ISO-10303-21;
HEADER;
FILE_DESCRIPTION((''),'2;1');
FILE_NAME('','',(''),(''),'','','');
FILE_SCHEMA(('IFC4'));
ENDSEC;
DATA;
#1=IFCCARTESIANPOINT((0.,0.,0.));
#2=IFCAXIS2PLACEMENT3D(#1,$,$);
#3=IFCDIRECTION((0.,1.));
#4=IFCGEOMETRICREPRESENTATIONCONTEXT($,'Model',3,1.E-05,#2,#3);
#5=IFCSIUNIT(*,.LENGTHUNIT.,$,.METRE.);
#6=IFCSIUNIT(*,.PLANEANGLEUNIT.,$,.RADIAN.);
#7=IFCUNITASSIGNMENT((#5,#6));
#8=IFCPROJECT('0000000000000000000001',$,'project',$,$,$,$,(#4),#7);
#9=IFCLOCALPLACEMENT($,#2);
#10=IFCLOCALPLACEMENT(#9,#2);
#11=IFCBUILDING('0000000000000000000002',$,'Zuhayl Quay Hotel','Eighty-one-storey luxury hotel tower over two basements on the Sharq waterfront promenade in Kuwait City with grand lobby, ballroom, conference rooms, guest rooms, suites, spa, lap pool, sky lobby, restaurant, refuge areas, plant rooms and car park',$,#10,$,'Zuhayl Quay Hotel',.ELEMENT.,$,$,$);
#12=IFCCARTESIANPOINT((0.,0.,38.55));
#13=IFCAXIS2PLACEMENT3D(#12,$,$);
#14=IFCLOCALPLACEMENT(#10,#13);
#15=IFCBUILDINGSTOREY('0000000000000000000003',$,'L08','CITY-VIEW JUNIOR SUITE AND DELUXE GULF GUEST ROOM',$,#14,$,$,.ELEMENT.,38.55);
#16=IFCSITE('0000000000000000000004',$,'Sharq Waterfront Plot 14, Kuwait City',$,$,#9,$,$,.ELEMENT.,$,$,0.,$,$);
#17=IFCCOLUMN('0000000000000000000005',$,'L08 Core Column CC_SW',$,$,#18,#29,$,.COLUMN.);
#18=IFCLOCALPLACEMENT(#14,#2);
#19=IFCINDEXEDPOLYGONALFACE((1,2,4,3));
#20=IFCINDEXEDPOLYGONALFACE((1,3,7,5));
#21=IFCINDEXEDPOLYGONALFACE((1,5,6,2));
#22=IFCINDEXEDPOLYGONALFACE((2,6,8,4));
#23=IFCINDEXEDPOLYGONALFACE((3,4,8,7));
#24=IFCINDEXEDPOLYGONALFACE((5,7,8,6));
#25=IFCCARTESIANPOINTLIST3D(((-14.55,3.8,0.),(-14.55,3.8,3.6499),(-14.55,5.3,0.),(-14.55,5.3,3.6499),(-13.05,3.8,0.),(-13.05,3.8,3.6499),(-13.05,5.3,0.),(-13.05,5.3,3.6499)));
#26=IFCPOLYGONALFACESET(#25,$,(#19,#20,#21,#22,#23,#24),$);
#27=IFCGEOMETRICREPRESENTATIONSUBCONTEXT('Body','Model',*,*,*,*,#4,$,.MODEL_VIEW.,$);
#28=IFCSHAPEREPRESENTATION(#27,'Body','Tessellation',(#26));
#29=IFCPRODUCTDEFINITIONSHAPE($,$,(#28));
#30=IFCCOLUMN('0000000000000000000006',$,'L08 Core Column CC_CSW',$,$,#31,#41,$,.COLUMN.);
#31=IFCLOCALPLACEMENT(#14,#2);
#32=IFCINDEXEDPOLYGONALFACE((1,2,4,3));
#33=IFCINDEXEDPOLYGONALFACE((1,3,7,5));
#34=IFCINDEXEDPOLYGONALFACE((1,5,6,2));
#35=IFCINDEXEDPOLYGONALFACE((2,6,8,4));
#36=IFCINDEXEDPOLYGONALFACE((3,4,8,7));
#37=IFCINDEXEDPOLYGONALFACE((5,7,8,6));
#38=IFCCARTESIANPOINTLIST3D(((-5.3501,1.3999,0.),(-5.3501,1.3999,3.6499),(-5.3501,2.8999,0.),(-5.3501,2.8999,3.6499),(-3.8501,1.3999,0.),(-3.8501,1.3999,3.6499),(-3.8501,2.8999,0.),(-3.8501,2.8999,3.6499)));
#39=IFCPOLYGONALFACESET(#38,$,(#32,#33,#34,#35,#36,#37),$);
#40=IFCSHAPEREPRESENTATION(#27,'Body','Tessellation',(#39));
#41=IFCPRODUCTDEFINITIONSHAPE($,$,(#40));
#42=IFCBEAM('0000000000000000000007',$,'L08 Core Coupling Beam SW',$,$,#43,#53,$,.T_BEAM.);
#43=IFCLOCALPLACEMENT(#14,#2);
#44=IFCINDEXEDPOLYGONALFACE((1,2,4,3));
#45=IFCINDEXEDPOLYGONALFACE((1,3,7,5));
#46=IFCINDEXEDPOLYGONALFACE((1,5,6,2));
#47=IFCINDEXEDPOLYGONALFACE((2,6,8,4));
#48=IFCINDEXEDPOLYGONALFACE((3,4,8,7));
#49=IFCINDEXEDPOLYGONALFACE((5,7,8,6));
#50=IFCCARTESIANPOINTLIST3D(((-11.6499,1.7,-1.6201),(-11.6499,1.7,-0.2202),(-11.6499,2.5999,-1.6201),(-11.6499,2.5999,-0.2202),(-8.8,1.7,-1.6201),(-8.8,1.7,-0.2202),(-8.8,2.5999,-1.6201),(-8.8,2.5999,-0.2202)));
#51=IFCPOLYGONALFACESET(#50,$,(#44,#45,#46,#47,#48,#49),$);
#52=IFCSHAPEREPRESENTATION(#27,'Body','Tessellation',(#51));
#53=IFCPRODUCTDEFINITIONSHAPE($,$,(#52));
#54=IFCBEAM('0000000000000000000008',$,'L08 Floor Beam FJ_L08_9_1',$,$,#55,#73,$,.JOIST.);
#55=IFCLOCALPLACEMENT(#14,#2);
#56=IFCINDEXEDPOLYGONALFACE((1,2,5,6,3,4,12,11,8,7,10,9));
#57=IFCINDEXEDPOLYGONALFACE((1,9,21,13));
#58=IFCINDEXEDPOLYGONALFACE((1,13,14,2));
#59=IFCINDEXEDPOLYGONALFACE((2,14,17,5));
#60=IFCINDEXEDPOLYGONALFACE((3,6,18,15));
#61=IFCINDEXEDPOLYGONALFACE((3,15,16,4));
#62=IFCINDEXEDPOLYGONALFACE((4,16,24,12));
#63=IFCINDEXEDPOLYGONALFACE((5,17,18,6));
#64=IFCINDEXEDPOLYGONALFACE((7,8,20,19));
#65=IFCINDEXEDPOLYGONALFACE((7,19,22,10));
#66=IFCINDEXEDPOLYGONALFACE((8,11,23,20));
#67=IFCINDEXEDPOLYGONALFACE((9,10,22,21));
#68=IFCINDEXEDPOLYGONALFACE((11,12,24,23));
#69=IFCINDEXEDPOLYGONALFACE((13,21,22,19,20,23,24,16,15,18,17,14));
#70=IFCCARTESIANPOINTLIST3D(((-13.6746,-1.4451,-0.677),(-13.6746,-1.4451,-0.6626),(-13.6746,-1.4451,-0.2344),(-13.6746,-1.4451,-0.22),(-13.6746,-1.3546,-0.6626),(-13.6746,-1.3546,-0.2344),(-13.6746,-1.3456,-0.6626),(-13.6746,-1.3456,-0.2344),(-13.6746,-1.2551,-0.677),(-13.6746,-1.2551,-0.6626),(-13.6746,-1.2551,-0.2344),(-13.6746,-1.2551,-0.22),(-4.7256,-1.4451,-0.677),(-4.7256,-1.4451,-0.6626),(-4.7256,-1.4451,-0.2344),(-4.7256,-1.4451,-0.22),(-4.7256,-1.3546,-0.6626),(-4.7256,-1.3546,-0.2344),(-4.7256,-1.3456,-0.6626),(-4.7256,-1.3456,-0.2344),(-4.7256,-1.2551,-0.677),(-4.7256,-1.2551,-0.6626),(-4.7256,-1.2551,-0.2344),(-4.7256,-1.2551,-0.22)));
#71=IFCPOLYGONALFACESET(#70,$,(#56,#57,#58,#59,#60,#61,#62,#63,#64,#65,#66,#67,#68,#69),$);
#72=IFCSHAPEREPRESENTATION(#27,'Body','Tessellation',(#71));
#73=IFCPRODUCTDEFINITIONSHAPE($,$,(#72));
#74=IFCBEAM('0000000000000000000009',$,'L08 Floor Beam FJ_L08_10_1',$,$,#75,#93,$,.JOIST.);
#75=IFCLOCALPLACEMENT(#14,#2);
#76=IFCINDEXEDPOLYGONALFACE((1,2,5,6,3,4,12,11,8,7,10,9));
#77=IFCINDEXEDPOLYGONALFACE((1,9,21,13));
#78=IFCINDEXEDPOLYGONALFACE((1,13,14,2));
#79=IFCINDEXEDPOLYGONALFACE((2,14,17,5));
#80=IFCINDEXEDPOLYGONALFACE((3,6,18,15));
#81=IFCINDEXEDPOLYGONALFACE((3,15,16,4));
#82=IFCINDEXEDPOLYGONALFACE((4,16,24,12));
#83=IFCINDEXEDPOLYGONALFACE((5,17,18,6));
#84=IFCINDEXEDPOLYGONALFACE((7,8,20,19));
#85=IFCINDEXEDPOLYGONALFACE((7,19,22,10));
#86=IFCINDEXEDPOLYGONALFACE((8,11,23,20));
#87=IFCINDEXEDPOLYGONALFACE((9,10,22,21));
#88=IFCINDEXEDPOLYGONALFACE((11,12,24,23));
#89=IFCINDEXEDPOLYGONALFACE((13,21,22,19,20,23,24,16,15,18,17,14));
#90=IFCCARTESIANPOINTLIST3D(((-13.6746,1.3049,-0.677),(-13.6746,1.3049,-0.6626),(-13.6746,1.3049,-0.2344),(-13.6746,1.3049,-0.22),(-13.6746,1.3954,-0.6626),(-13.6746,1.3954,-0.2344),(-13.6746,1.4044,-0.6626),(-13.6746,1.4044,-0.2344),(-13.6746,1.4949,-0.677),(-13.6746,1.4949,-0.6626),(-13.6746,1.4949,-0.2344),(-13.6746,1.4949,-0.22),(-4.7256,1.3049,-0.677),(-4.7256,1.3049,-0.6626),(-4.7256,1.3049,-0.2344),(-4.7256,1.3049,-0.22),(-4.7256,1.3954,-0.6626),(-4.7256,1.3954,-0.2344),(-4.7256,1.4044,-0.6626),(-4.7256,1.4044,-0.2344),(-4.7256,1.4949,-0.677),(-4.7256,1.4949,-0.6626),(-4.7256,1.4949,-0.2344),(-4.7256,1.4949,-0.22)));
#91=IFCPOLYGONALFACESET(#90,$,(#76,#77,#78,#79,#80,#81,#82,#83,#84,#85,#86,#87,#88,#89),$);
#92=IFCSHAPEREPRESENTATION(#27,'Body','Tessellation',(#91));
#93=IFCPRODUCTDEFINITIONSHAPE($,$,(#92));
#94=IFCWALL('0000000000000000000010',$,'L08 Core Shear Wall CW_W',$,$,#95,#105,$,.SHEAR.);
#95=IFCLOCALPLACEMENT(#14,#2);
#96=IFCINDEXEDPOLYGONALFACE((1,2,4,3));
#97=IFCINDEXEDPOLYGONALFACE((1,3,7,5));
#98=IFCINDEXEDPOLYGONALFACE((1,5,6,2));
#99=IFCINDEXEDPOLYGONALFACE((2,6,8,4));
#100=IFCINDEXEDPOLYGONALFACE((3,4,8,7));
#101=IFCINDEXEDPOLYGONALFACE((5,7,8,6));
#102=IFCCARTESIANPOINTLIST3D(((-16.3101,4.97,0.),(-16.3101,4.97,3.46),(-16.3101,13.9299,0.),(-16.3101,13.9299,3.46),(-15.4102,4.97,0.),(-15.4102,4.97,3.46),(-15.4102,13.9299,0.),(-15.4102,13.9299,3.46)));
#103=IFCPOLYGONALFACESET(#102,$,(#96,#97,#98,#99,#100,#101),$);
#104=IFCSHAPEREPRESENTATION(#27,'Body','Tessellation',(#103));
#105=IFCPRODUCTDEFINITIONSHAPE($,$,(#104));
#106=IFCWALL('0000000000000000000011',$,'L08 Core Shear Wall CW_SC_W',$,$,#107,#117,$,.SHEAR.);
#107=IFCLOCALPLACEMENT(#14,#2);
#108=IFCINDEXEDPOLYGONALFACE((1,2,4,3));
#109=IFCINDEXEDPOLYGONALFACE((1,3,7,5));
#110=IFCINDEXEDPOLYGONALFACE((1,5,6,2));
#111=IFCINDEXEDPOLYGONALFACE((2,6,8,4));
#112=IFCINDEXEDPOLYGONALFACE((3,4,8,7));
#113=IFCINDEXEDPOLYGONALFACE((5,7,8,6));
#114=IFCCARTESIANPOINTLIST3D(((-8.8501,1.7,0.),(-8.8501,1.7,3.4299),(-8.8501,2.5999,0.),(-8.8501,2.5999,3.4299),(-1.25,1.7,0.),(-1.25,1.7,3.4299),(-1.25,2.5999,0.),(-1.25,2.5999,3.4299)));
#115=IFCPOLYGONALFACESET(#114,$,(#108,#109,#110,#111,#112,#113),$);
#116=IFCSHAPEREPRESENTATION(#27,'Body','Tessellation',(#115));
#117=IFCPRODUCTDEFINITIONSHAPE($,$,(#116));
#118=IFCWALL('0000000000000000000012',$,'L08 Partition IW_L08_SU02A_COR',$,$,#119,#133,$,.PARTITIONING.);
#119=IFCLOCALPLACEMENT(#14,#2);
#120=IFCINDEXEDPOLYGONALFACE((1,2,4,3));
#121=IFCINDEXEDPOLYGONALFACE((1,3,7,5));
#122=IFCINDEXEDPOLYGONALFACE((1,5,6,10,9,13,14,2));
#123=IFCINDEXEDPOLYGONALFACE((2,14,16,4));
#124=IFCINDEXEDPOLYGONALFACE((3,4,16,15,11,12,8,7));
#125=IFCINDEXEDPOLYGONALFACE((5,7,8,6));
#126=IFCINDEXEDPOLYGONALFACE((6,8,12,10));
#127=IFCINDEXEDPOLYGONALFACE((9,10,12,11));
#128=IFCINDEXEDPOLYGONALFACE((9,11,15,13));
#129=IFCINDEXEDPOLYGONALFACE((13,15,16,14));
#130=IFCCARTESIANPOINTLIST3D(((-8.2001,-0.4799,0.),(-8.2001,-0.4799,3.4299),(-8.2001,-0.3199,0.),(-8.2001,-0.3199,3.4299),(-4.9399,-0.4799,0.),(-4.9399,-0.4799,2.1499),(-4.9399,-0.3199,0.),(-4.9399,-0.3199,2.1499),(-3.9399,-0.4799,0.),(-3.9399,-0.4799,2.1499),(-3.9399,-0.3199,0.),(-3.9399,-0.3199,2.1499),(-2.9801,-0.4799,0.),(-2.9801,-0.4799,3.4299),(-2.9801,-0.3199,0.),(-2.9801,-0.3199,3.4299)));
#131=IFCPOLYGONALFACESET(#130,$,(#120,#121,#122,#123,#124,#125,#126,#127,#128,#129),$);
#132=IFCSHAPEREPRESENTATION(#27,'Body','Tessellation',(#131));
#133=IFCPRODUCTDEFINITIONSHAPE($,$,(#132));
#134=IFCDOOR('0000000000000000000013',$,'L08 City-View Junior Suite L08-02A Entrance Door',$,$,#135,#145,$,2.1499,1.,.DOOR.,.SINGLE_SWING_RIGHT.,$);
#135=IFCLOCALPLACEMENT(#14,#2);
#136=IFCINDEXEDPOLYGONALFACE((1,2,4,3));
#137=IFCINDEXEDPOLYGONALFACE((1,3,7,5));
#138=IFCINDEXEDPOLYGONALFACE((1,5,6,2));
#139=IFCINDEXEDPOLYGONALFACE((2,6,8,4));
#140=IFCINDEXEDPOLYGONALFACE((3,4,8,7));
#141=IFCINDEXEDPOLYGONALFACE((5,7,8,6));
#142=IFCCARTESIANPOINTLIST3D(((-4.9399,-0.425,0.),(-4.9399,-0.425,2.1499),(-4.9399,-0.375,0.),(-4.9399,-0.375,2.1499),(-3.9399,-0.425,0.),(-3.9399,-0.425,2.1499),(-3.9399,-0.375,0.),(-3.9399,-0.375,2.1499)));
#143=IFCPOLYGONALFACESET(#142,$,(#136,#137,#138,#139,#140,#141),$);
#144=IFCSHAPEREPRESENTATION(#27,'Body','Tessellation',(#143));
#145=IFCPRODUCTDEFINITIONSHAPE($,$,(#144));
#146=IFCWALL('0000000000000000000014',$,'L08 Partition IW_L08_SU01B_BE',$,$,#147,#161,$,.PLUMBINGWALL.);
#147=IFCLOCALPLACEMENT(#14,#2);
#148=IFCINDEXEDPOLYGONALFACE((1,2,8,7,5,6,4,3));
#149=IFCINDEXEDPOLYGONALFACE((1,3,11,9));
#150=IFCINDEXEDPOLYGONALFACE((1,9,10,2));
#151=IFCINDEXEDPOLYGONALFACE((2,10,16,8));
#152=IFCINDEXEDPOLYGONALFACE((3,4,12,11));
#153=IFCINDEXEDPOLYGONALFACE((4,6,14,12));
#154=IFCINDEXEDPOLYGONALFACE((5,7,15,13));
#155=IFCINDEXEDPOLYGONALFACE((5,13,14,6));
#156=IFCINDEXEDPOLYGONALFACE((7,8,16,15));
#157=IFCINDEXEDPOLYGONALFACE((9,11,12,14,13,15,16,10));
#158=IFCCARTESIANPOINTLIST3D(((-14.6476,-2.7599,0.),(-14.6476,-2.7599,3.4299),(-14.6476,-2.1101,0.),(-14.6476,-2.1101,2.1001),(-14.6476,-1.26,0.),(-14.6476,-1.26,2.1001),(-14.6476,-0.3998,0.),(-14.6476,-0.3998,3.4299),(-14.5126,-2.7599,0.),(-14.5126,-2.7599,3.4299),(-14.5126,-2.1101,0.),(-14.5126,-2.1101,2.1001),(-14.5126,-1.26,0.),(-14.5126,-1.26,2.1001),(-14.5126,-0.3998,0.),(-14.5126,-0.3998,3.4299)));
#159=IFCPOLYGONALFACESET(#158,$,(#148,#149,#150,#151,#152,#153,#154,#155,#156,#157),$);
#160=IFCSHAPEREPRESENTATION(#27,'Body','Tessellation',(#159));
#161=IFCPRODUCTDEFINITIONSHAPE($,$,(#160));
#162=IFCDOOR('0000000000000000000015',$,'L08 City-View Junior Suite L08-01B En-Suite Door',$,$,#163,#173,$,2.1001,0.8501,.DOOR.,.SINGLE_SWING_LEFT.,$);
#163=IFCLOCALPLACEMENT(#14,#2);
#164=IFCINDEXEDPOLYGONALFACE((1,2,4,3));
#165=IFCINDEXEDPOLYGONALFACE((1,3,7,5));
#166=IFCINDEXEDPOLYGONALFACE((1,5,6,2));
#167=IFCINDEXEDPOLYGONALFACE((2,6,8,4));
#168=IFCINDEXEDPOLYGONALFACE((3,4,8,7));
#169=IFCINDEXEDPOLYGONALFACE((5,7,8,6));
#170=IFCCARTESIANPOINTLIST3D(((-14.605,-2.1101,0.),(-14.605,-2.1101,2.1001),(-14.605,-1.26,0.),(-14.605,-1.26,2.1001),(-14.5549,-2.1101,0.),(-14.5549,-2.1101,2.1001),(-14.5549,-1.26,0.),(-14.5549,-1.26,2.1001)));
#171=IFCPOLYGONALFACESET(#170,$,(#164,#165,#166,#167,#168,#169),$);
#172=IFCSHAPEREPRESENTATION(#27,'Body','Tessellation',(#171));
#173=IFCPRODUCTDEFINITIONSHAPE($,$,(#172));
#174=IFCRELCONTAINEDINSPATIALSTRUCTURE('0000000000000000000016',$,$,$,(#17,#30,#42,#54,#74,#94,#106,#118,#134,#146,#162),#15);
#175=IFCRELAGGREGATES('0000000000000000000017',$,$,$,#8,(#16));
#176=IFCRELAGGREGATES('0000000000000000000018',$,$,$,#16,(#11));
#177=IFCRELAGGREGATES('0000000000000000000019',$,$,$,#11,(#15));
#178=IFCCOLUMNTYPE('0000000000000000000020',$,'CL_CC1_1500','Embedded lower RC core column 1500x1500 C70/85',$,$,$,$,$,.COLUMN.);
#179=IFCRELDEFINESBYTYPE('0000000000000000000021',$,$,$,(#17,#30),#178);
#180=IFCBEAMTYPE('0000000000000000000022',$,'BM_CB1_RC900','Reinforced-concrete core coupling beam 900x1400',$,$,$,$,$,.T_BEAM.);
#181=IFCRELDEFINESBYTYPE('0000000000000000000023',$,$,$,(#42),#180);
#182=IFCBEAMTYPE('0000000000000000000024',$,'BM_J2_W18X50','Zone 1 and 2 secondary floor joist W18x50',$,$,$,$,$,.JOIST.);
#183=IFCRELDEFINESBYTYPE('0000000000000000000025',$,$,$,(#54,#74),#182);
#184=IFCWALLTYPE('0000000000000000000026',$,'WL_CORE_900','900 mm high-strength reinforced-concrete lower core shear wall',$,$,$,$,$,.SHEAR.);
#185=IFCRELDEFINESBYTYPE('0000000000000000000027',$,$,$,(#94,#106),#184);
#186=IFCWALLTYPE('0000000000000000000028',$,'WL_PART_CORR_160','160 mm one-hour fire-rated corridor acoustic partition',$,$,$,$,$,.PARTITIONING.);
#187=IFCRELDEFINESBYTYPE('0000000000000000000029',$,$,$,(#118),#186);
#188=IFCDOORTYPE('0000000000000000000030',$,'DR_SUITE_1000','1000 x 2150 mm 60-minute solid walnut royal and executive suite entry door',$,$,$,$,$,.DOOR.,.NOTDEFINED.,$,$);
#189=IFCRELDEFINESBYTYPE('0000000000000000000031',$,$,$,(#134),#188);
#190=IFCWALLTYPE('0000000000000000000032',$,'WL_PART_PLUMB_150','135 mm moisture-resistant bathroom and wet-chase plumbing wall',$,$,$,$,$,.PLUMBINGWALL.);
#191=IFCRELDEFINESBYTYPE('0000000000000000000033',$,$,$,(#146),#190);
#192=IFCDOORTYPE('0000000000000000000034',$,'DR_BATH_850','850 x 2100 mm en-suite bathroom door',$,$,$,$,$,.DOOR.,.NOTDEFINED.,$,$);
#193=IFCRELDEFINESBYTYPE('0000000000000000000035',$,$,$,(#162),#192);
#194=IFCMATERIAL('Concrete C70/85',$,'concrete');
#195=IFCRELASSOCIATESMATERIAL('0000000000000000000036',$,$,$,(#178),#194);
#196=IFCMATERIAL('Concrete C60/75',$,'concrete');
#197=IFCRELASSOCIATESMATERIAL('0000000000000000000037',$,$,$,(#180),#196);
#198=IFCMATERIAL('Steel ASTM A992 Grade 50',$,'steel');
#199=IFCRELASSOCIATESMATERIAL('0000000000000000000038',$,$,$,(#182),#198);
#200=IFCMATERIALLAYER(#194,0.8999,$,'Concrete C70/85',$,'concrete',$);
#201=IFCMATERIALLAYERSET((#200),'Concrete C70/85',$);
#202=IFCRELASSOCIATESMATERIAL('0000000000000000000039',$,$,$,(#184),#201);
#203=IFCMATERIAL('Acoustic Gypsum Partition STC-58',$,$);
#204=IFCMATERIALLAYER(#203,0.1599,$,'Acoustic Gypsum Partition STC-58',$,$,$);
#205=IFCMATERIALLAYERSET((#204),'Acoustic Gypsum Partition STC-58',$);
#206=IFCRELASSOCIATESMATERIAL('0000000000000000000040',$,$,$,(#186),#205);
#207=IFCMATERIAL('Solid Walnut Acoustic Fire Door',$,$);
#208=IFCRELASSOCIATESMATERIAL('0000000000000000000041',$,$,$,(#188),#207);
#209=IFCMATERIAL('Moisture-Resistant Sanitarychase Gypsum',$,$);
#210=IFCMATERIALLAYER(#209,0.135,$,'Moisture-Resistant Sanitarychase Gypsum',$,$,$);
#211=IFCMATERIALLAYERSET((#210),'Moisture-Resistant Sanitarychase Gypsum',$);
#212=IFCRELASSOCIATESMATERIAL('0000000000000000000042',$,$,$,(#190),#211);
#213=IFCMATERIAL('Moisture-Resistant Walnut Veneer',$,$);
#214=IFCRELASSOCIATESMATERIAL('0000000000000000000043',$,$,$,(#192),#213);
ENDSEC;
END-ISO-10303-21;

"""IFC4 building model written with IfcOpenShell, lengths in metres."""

from ifc_helpers import new_model, si_unit, direction, frame, frame_2d, origin, origin_2d, place, context, subcontext, project, spatial, rectangle, i_section, extrude, material, layer, layer_set, material_profile, profile_set, type_object, element, fill, save


model = new_model("IFC4")

# Units and contexts
model_context = context("Model", 3, precision=1e-05, world=origin(), true_north=direction((0.0, 1.0)))
body_context = subcontext(model_context, "Body", "Model", "MODEL_VIEW")
ifc_project = project(units=[si_unit("LENGTHUNIT", "METRE"), si_unit("PLANEANGLEUNIT", "RADIAN")], contexts=[model_context])

# Site, building, storey
site_placement = place(None, origin())
site = spatial("IfcSite", under=ifc_project, at=site_placement, Name="Sharq Waterfront Plot 14, Kuwait City", CompositionType="ELEMENT", RefElevation=0.0)
building_placement = place(site_placement, origin())
building = spatial("IfcBuilding", under=site, at=building_placement, Name="Zuhayl Quay Hotel", Description="Eighty-one-storey luxury hotel tower over two basements on the Sharq waterfront promenade in Kuwait City with grand lobby, ballroom, conference rooms, guest rooms, suites, spa, lap pool, sky lobby, restaurant, refuge areas, plant rooms and car park", LongName="Zuhayl Quay Hotel", CompositionType="ELEMENT")
storey_placement = place(building_placement, frame((0.0, 0.0, 38.55)))
storey = spatial("IfcBuildingStorey", under=building, at=storey_placement, Name="L08", Description="CITY-VIEW JUNIOR SUITE AND DELUXE GULF GUEST ROOM", CompositionType="ELEMENT", Elevation=38.55)

# Columns
ifc_material_1 = material(Name="Concrete C70/85", Category="concrete")
ifc_material_profile_1 = material_profile(ifc_material_1, rectangle(XDim=1.5, YDim=1.5, at=origin_2d()), Name="RC1500X1500")
ifc_profile_set_1 = profile_set([ifc_material_profile_1], Name="Concrete C70/85")
column_type = type_object("IfcColumnType", Name="CL_CC1_1500", Description="Embedded lower RC core column 1500x1500 C70/85", PredefinedType="COLUMN", material=ifc_profile_set_1)
for number, where, z_axis, x_axis, name in (
    (1, (-13.8, 4.55, 0.0), (0.0, 0.0, 1.0), (1.0, 0.0, 0.0), "L08 Core Column CC_SW"),
    (2, (-4.6001, 2.1499, 0.0), (0.0, 0.0, 1.0), (1.0, 0.0, 0.0), "L08 Core Column CC_CSW"),
):
    element("IfcColumn", number, at=place(storey_placement, frame(where, z_axis=z_axis, x_axis=x_axis)), inside=storey, type_object=column_type, Name=name, PredefinedType="COLUMN", context=body_context, shape_type="SweptSolid", body=[
        extrude(rectangle(XDim=1.5, YDim=1.5, at=origin_2d()), origin(), (0.0, 0.0, 1.0), 3.6499),
    ])

# Beams
ifc_material_2 = material(Name="Concrete C60/75", Category="concrete")
ifc_material_profile_2 = material_profile(ifc_material_2, rectangle(XDim=0.8999, YDim=1.3999, at=origin_2d()), Name="RC900X1400")
ifc_profile_set_2 = profile_set([ifc_material_profile_2], Name="Concrete C60/75")
beam_type_1 = type_object("IfcBeamType", Name="BM_CB1_RC900", Description="Reinforced-concrete core coupling beam 900x1400", PredefinedType="T_BEAM", material=ifc_profile_set_2)
beam_placement = place(storey_placement, frame((-11.6499, 2.1499, -0.9202), z_axis=(1.0, 0.0, 0.0), x_axis=(0.0, 1.0, 0.0)))
element("IfcBeam", 3, at=beam_placement, inside=storey, type_object=beam_type_1, Name="L08 Core Coupling Beam SW", PredefinedType="T_BEAM", context=body_context, shape_type="SweptSolid", body=[
    extrude(rectangle(XDim=0.8999, YDim=1.3999, at=origin_2d()), origin(), (0.0, 0.0, 1.0), 2.8499),
])
ifc_material_3 = material(Name="Steel ASTM A992 Grade 50", Category="steel")
ifc_material_profile_3 = material_profile(ifc_material_3, i_section(OverallWidth=0.1899, OverallDepth=0.457, WebThickness=0.009, FlangeThickness=0.0144, at=origin_2d()), Name="W18X50")
ifc_profile_set_3 = profile_set([ifc_material_profile_3], Name="Steel ASTM A992 Grade 50")
beam_type_2 = type_object("IfcBeamType", Name="BM_J2_W18X50", Description="Zone 1 and 2 secondary floor joist W18x50", PredefinedType="JOIST", material=ifc_profile_set_3)
for number, where, z_axis, x_axis, name in (
    (4, (-13.6746, -1.3501, -0.4485), (1.0, 0.0, 0.0), (0.0, 1.0, 0.0), "L08 Floor Beam FJ_L08_9_1"),
    (5, (-13.6746, 1.3999, -0.4485), (1.0, 0.0, 0.0), (0.0, 1.0, 0.0), "L08 Floor Beam FJ_L08_10_1"),
):
    element("IfcBeam", number, at=place(storey_placement, frame(where, z_axis=z_axis, x_axis=x_axis)), inside=storey, type_object=beam_type_2, Name=name, PredefinedType="JOIST", context=body_context, shape_type="SweptSolid", body=[
        extrude(i_section(OverallWidth=0.1899, OverallDepth=0.457, WebThickness=0.009, FlangeThickness=0.0144, at=origin_2d()), origin(), (0.0, 0.0, 1.0), 8.949),
    ])

# Walls
ifc_layer_1 = layer(ifc_material_1, 0.8999, Name="Concrete C70/85", Category="concrete")
ifc_layer_set_1 = layer_set([ifc_layer_1], Name="Concrete C70/85")
wall_type_1 = type_object("IfcWallType", Name="WL_CORE_900", Description="900 mm high-strength reinforced-concrete lower core shear wall", PredefinedType="SHEAR", material=ifc_layer_set_1)
wall_1_placement = place(storey_placement, frame((-15.8601, 4.97, 0.0), z_axis=(0.0, 0.0, 1.0), x_axis=(0.0, 1.0, 0.0)))
element("IfcWall", 6, at=wall_1_placement, inside=storey, type_object=wall_type_1, Name="L08 Core Shear Wall CW_W", PredefinedType="SHEAR", context=body_context, shape_type="SweptSolid", body=[
    extrude(rectangle(XDim=8.96, YDim=0.8999, at=frame_2d((4.48, 0.0))), origin(), (0.0, 0.0, 1.0), 3.46),
])
wall_2_placement = place(storey_placement, frame((-8.8501, 2.1499, 0.0), z_axis=(0.0, 0.0, 1.0), x_axis=(1.0, 0.0, 0.0)))
element("IfcWall", 7, at=wall_2_placement, inside=storey, type_object=wall_type_1, Name="L08 Core Shear Wall CW_SC_W", PredefinedType="SHEAR", context=body_context, shape_type="SweptSolid", body=[
    extrude(rectangle(XDim=7.6001, YDim=0.8999, at=frame_2d((3.8, 0.0))), origin(), (0.0, 0.0, 1.0), 3.4299),
])

# Walls, openings, doors
ifc_material_4 = material(Name="Acoustic Gypsum Partition STC-58")
ifc_layer_2 = layer(ifc_material_4, 0.1599, Name="Acoustic Gypsum Partition STC-58")
ifc_layer_set_2 = layer_set([ifc_layer_2], Name="Acoustic Gypsum Partition STC-58")
wall_type_2 = type_object("IfcWallType", Name="WL_PART_CORR_160", Description="160 mm one-hour fire-rated corridor acoustic partition", PredefinedType="PARTITIONING", material=ifc_layer_set_2)
wall_3_placement = place(storey_placement, frame((-8.2, -0.3999, 0.0), z_axis=(0.0, 0.0, 1.0), x_axis=(1.0, 0.0, 0.0)))
wall_3 = element("IfcWall", 8, at=wall_3_placement, inside=storey, type_object=wall_type_2, Name="L08 Partition IW_L08_SU02A_COR", PredefinedType="PARTITIONING", context=body_context, shape_type="SweptSolid", body=[
    extrude(rectangle(XDim=5.22, YDim=0.1599, at=frame_2d((2.6099, 0.0))), origin(), (0.0, 0.0, 1.0), 3.4299),
])
opening_1_placement = place(wall_3_placement, frame((3.26, 0.0, 0.0)))
opening_1 = element("IfcOpeningElement", 9, at=opening_1_placement, cuts=wall_3, PredefinedType="OPENING", context=body_context, shape_type="SweptSolid", body=[
    extrude(rectangle(XDim=1.0, YDim=2.1499, at=frame_2d((0.5, 1.075))), frame((0.0, 0.0898, 0.0), z_axis=(0.0, -1.0, 0.0), x_axis=(1.0, 0.0, 0.0)), (0.0, 0.0, 1.0), 0.1799),
])
ifc_material_5 = material(Name="Solid Walnut Acoustic Fire Door")
door_type_1 = type_object("IfcDoorType", Name="DR_SUITE_1000", Description="1000 x 2150 mm 60-minute solid walnut royal and executive suite entry door", OperationType="NOTDEFINED", PredefinedType="DOOR", material=ifc_material_5)
door_1_placement = place(opening_1_placement, origin())
door_1 = element("IfcDoor", 10, at=door_1_placement, inside=storey, type_object=door_type_1, Name="L08 City-View Junior Suite L08-02A Entrance Door", OperationType="SINGLE_SWING_RIGHT", OverallHeight=2.1499, OverallWidth=1.0, PredefinedType="DOOR", context=body_context, shape_type="SweptSolid", body=[
    extrude(rectangle(XDim=1.0, YDim=2.1499, at=frame_2d((0.5, 1.075))), frame((0.0, 0.0249, 0.0), z_axis=(0.0, -1.0, 0.0), x_axis=(1.0, 0.0, 0.0)), (0.0, 0.0, 1.0), 0.05),
])
fill(opening_1, door_1)
ifc_material_6 = material(Name="Moisture-Resistant Sanitarychase Gypsum")
ifc_layer_3 = layer(ifc_material_6, 0.135, Name="Moisture-Resistant Sanitarychase Gypsum")
ifc_layer_set_3 = layer_set([ifc_layer_3], Name="Moisture-Resistant Sanitarychase Gypsum")
wall_type_3 = type_object("IfcWallType", Name="WL_PART_PLUMB_150", Description="135 mm moisture-resistant bathroom and wet-chase plumbing wall", PredefinedType="PLUMBINGWALL", material=ifc_layer_set_3)
wall_4_placement = place(storey_placement, frame((-14.5801, -2.76, 0.0), z_axis=(0.0, 0.0, 1.0), x_axis=(0.0, 1.0, 0.0)))
wall_4 = element("IfcWall", 11, at=wall_4_placement, inside=storey, type_object=wall_type_3, Name="L08 Partition IW_L08_SU01B_BE", PredefinedType="PLUMBINGWALL", context=body_context, shape_type="SweptSolid", body=[
    extrude(rectangle(XDim=2.3601, YDim=0.135, at=frame_2d((1.1802, 0.0))), origin(), (0.0, 0.0, 1.0), 3.4299),
])
opening_2_placement = place(wall_4_placement, frame((0.6499, 0.0, 0.0)))
opening_2 = element("IfcOpeningElement", 12, at=opening_2_placement, cuts=wall_4, PredefinedType="OPENING", context=body_context, shape_type="SweptSolid", body=[
    extrude(rectangle(XDim=0.8501, YDim=2.1001, at=frame_2d((0.425, 1.05))), frame((0.0, 0.0774, 0.0), z_axis=(0.0, -1.0, 0.0), x_axis=(1.0, 0.0, 0.0)), (0.0, 0.0, 1.0), 0.155),
])
ifc_material_7 = material(Name="Moisture-Resistant Walnut Veneer")
door_type_2 = type_object("IfcDoorType", Name="DR_BATH_850", Description="850 x 2100 mm en-suite bathroom door", OperationType="NOTDEFINED", PredefinedType="DOOR", material=ifc_material_7)
door_2_placement = place(opening_2_placement, origin())
door_2 = element("IfcDoor", 13, at=door_2_placement, inside=storey, type_object=door_type_2, Name="L08 City-View Junior Suite L08-01B En-Suite Door", OperationType="SINGLE_SWING_LEFT", OverallHeight=2.1001, OverallWidth=0.8501, PredefinedType="DOOR", context=body_context, shape_type="SweptSolid", body=[
    extrude(rectangle(XDim=0.8501, YDim=2.1001, at=frame_2d((0.425, 1.05))), frame((0.0, 0.0249, 0.0), z_axis=(0.0, -1.0, 0.0), x_axis=(1.0, 0.0, 0.0)), (0.0, 0.0, 1.0), 0.05),
])
fill(opening_2, door_2)

save(model, "model.ifc")
